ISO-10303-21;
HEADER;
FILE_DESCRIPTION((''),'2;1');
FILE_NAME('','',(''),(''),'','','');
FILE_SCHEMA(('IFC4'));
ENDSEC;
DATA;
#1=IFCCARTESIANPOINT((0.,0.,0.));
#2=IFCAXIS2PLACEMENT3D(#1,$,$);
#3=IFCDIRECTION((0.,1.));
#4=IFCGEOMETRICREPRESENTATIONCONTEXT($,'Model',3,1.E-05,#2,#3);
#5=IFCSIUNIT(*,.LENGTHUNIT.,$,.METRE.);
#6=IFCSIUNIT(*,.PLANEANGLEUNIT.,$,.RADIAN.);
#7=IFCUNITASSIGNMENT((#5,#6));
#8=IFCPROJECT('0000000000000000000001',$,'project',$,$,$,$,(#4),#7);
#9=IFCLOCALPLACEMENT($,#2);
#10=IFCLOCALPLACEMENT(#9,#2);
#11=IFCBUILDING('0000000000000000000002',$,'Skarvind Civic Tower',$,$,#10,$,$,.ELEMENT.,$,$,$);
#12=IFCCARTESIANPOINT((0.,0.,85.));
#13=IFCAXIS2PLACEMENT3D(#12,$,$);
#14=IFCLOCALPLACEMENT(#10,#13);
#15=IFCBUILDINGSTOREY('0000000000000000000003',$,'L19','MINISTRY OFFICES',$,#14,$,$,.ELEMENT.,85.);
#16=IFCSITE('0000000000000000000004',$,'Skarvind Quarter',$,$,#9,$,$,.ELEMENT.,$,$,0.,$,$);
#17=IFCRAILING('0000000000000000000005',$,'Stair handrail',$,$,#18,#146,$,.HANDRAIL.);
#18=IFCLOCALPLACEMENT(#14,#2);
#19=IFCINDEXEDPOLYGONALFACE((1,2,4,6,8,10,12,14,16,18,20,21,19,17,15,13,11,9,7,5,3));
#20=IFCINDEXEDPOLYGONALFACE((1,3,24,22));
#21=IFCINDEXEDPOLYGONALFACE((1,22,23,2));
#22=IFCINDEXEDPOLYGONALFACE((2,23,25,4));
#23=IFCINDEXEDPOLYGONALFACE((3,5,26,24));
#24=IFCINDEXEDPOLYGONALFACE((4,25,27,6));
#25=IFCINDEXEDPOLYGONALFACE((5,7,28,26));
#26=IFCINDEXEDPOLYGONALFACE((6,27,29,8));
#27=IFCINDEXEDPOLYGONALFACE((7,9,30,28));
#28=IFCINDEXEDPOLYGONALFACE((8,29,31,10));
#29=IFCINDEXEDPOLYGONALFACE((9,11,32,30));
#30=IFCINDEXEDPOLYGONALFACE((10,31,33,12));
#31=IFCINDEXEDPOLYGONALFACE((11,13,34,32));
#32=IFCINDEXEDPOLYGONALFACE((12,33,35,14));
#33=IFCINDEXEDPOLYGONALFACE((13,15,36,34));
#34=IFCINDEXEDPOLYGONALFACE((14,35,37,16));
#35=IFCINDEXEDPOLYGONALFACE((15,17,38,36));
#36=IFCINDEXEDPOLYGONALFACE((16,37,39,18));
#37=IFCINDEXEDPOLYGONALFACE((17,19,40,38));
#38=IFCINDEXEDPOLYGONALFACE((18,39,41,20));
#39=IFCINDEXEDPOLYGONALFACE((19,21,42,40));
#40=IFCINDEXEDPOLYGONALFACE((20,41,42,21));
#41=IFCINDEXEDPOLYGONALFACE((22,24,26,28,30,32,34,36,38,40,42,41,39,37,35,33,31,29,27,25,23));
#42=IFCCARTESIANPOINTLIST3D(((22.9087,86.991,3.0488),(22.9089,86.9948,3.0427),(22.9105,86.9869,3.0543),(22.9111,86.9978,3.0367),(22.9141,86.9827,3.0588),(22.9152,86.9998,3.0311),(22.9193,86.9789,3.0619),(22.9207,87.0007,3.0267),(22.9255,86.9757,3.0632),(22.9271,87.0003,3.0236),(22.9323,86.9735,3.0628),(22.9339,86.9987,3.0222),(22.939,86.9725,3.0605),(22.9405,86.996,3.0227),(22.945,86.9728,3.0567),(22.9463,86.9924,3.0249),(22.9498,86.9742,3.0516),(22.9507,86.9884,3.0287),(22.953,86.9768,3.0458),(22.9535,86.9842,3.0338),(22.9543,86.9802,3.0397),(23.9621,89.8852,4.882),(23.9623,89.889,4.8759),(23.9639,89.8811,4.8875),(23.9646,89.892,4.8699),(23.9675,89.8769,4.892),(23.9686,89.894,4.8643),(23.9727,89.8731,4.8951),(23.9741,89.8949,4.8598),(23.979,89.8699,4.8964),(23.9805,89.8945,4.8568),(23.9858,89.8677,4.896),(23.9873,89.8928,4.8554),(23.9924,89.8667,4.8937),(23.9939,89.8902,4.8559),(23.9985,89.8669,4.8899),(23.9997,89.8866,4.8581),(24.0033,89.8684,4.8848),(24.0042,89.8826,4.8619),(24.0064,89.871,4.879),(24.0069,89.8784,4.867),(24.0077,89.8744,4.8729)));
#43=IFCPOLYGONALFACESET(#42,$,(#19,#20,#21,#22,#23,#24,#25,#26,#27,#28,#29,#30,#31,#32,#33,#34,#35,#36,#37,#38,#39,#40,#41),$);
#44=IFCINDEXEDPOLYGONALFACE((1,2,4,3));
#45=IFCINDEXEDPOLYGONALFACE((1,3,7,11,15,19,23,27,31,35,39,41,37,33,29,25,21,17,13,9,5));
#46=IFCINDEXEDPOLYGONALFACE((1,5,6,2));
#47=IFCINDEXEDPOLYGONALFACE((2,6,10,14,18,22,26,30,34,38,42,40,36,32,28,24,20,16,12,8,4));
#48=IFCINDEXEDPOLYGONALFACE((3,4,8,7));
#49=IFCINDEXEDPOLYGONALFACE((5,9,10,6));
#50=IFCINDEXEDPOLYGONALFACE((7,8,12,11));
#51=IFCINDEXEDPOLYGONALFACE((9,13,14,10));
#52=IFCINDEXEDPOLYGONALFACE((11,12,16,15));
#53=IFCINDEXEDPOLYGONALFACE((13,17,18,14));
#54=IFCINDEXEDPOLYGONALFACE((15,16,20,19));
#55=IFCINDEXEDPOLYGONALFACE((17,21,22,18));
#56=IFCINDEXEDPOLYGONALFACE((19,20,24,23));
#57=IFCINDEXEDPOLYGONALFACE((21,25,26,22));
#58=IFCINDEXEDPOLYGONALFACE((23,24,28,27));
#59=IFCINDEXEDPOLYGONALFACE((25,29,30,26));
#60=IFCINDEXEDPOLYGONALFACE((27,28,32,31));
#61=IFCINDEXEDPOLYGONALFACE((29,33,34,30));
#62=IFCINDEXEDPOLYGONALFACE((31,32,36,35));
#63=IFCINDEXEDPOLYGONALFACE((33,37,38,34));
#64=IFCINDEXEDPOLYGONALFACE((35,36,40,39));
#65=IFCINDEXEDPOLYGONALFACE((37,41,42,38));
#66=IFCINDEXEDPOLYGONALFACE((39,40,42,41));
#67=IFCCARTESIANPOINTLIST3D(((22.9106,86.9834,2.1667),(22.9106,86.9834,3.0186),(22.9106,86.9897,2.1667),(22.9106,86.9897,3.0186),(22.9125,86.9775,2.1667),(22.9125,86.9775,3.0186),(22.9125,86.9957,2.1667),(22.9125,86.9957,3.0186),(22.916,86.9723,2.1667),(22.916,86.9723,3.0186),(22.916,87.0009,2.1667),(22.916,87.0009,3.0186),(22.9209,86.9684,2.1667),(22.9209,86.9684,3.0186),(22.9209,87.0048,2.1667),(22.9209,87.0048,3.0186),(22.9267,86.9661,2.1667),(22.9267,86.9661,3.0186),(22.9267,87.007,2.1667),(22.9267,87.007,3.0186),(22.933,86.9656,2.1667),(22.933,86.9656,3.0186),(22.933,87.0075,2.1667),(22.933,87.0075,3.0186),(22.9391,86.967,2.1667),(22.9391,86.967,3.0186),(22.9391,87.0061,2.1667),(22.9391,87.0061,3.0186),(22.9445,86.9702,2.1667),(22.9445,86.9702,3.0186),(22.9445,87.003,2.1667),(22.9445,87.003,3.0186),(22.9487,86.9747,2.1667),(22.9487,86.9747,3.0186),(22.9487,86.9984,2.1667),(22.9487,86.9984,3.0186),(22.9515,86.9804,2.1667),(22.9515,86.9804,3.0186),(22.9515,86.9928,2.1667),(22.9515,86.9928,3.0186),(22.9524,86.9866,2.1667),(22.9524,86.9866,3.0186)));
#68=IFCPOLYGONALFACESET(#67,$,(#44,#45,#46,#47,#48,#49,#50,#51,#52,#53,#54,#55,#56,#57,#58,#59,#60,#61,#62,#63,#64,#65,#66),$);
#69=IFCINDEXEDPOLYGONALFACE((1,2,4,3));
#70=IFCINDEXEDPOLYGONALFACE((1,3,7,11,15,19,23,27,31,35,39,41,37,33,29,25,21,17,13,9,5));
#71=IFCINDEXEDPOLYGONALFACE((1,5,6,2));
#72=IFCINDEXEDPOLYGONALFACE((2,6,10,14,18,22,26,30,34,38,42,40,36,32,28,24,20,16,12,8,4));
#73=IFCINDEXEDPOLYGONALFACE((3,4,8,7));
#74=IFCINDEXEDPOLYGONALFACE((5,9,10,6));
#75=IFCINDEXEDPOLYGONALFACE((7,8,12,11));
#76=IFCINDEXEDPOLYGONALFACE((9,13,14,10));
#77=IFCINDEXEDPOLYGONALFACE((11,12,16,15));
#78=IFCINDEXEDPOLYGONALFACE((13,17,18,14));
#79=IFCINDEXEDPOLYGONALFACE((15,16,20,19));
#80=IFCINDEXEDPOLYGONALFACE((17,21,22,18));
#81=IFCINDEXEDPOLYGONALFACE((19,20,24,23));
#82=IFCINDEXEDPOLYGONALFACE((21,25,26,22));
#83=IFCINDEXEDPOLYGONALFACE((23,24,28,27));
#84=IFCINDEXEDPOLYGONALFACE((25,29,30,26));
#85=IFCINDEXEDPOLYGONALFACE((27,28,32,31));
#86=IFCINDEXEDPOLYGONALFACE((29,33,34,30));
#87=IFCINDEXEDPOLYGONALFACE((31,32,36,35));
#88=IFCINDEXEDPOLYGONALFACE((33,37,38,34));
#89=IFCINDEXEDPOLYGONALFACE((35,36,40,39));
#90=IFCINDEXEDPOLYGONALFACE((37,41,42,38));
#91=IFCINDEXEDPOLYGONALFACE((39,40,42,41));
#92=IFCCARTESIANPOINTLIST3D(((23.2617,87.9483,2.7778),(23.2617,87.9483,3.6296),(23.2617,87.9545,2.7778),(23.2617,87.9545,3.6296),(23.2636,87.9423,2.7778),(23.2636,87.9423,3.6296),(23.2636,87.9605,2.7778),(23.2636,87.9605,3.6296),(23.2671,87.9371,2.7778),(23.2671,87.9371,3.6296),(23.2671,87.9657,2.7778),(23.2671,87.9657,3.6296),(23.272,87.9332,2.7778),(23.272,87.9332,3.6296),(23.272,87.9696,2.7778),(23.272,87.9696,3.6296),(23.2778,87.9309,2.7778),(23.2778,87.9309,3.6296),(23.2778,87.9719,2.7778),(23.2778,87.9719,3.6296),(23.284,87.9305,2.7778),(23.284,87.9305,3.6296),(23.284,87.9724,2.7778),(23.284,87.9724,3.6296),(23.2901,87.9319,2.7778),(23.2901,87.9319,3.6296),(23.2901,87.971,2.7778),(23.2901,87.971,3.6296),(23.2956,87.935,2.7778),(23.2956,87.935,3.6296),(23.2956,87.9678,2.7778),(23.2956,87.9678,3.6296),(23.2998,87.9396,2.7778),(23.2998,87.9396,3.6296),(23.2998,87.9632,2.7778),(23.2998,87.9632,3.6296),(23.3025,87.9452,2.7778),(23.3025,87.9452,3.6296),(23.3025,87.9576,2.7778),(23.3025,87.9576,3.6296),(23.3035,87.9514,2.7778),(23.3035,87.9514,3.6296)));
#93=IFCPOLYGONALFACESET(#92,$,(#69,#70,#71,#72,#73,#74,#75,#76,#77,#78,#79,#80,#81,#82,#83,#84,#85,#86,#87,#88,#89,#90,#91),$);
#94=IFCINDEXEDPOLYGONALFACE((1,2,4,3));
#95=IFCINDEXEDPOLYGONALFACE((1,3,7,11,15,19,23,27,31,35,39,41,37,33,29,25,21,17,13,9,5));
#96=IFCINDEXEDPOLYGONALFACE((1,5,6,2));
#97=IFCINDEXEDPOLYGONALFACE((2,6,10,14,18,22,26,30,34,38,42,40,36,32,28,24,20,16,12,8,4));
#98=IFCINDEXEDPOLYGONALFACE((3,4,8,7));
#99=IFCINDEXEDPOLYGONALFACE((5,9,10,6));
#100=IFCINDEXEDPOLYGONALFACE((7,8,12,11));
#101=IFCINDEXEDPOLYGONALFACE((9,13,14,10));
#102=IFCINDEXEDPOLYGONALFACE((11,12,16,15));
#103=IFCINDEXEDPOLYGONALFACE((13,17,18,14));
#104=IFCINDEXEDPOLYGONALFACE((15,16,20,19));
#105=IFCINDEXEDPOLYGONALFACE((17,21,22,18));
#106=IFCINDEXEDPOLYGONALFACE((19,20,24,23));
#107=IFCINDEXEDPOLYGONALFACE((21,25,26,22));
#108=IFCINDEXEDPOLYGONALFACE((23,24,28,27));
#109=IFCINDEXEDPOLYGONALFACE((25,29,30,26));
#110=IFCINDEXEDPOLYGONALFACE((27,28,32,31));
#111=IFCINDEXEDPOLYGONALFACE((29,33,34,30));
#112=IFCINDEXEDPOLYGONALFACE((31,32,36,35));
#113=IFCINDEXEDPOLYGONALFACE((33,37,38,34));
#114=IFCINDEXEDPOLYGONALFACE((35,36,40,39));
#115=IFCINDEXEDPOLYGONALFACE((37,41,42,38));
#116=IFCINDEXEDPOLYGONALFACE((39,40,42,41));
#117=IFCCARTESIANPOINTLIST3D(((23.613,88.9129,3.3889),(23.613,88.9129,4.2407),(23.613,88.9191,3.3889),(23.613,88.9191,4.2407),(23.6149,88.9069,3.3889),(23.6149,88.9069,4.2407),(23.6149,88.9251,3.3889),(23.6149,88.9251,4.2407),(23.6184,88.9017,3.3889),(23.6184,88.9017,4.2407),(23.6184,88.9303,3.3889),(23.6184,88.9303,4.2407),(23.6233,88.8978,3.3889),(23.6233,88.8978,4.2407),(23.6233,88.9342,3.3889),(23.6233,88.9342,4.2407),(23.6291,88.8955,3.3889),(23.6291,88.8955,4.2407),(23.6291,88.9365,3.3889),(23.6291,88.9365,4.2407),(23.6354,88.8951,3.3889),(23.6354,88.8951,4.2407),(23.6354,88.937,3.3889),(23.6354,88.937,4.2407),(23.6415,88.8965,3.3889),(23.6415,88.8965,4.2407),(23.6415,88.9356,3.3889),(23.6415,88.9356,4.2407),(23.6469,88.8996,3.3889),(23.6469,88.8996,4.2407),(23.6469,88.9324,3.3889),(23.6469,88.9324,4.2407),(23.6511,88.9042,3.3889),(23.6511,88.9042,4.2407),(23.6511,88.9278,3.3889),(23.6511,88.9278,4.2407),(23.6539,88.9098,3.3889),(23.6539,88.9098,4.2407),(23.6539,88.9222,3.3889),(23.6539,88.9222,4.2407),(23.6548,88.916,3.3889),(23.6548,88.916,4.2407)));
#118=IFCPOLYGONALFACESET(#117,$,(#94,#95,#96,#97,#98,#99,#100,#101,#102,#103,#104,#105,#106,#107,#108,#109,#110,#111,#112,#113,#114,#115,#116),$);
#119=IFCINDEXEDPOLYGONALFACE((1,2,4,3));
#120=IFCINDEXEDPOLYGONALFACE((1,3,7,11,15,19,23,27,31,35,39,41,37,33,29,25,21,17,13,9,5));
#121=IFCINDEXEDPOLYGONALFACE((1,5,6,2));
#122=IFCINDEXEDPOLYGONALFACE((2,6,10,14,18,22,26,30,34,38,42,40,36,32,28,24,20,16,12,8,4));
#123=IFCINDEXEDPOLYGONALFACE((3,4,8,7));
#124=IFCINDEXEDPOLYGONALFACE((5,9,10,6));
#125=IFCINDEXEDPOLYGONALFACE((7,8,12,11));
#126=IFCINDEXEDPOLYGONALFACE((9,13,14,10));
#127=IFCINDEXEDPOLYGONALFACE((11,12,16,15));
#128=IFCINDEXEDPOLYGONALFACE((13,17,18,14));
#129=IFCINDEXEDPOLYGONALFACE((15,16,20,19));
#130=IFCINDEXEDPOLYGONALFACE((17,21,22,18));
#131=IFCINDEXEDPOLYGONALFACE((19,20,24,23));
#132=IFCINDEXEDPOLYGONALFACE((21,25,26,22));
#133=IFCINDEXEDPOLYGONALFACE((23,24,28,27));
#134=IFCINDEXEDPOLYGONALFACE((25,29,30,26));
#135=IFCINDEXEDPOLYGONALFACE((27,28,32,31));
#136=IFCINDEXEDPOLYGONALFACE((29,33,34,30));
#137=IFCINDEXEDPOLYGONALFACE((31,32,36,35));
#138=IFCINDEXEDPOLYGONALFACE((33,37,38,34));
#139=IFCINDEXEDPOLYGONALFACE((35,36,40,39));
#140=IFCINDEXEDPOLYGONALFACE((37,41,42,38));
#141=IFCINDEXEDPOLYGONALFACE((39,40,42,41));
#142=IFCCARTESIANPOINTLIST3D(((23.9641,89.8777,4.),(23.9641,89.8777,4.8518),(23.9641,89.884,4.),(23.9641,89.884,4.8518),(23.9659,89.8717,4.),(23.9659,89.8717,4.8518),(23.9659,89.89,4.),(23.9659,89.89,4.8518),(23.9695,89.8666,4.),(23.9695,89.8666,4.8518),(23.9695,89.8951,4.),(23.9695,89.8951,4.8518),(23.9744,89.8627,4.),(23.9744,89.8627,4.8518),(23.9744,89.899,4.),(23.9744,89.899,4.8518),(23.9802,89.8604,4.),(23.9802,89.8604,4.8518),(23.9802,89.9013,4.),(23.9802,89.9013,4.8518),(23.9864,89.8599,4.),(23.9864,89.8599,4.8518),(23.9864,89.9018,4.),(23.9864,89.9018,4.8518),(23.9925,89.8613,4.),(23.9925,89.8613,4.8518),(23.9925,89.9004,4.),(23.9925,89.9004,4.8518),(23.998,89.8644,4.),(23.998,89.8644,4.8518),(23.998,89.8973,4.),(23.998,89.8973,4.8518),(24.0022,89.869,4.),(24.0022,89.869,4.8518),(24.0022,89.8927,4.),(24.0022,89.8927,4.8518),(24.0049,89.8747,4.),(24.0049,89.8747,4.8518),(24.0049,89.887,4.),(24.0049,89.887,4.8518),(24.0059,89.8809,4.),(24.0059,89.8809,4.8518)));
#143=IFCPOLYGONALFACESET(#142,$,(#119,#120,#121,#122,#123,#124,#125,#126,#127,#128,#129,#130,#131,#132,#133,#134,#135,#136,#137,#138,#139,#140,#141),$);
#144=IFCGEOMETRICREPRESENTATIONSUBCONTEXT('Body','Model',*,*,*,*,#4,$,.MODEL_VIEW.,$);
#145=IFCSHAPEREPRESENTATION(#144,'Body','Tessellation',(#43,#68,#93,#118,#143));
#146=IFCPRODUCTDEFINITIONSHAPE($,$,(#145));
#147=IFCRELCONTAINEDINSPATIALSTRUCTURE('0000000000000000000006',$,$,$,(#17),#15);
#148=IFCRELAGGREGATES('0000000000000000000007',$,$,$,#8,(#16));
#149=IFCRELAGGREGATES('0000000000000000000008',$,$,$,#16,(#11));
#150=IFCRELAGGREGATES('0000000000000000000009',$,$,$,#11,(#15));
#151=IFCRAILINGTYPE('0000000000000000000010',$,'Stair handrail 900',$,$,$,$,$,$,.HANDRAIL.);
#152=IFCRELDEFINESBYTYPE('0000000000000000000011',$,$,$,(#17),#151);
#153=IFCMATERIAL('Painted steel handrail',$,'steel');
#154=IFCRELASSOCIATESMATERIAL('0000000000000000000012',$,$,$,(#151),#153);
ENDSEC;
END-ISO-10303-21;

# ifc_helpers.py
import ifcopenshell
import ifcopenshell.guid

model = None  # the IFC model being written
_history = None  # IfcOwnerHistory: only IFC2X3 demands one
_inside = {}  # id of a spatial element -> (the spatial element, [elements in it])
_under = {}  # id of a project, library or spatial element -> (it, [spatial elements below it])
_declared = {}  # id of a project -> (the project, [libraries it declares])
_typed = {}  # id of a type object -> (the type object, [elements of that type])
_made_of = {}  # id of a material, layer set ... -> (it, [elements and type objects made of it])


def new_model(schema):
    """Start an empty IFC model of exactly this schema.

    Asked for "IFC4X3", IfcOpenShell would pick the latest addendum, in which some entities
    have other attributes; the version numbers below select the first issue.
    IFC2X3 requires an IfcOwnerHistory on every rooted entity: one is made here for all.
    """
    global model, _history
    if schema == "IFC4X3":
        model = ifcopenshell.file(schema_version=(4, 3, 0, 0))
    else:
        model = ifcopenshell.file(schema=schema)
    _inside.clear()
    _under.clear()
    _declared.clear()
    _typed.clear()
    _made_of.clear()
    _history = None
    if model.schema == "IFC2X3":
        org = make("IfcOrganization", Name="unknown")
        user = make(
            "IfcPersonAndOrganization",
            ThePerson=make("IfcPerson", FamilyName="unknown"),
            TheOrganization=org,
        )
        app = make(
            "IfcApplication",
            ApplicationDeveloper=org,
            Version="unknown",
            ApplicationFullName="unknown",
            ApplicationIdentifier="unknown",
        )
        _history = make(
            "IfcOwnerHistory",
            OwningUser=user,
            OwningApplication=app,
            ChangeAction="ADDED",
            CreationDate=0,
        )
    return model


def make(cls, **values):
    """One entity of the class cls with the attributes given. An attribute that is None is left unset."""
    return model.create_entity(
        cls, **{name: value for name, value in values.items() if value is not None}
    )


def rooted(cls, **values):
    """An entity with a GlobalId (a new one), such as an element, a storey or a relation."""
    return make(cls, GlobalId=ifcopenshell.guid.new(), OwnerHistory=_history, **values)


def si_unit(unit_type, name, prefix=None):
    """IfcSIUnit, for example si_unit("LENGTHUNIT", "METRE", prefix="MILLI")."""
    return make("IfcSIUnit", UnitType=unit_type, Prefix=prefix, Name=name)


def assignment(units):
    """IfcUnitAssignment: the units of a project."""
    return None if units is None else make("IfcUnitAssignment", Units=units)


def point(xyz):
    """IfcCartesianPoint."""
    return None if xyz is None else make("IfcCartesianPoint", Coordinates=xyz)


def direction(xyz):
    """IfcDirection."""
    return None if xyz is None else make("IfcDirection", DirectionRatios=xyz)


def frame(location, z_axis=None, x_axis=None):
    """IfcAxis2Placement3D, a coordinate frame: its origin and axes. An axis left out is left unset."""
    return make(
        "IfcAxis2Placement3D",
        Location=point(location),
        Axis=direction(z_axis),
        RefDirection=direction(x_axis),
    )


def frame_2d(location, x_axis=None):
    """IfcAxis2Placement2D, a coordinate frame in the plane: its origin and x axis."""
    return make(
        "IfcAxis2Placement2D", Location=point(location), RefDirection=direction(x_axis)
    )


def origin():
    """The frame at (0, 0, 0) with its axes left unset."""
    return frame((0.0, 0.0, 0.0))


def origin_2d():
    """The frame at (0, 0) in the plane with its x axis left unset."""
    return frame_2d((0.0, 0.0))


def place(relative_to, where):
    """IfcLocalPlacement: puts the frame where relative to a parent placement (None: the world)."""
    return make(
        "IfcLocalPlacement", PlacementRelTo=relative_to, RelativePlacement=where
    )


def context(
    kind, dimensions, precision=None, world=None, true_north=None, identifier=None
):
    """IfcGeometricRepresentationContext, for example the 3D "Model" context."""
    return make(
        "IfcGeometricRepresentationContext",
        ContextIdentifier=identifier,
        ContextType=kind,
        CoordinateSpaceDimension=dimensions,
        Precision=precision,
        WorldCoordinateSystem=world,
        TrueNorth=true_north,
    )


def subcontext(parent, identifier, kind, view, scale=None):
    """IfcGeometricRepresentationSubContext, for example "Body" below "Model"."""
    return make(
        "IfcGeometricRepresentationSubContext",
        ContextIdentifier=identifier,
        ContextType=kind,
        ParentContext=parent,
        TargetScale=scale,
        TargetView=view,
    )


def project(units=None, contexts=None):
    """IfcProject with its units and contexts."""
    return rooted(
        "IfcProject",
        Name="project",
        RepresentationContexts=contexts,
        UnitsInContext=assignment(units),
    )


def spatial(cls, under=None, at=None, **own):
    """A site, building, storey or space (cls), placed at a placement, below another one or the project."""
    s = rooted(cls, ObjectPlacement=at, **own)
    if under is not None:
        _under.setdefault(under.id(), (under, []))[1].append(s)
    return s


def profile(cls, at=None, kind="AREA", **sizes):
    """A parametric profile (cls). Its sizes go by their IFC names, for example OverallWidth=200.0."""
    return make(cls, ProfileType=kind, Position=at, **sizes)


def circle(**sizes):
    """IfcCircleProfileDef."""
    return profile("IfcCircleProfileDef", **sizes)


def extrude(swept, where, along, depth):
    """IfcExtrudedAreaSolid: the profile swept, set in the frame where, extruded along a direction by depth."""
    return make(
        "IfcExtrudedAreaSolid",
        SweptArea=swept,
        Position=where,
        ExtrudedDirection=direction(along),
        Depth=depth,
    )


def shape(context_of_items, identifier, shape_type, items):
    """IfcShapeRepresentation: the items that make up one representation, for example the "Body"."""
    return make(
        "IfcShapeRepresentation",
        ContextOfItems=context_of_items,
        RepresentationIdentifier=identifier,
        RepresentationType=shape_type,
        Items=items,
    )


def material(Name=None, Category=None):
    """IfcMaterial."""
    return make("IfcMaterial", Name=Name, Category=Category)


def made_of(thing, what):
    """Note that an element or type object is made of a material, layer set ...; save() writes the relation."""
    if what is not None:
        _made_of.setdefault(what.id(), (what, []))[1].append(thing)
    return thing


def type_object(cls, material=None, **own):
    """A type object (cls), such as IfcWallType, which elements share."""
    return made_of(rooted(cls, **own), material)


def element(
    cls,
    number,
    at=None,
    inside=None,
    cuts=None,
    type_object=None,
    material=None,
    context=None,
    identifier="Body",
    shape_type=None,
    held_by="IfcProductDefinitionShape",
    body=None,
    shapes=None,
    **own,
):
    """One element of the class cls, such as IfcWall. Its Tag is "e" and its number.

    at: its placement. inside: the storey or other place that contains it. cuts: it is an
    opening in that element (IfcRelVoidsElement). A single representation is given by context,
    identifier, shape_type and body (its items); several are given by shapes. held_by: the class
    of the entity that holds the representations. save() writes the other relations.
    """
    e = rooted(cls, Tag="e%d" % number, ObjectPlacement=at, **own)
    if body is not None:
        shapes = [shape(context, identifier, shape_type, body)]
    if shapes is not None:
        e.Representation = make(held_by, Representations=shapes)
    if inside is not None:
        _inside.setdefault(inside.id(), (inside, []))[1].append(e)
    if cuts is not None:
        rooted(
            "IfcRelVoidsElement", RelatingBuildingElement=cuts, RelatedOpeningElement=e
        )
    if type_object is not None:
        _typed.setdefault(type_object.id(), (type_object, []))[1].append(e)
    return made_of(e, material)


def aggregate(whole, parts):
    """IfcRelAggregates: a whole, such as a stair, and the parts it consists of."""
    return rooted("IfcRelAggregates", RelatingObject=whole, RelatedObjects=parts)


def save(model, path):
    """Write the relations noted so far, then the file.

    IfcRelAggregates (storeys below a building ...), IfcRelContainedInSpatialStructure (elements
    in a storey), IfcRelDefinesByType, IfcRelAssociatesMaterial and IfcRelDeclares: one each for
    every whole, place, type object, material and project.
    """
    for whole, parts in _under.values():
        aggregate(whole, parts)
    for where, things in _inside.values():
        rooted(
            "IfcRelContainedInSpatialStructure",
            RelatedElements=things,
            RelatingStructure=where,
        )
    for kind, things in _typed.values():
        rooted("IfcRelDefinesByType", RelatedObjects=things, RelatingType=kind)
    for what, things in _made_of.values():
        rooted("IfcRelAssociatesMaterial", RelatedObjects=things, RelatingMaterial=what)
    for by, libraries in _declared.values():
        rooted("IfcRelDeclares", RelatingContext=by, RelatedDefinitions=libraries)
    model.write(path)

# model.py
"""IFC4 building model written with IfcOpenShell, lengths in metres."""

from ifc_helpers import new_model, si_unit, direction, frame, origin, origin_2d, place, context, subcontext, project, spatial, circle, extrude, material, type_object, element, save


model = new_model("IFC4")

# Units and contexts
model_context = context("Model", 3, precision=1e-05, world=origin(), true_north=direction((0.0, 1.0)))
body_context = subcontext(model_context, "Body", "Model", "MODEL_VIEW")
ifc_project = project(units=[si_unit("LENGTHUNIT", "METRE"), si_unit("PLANEANGLEUNIT", "RADIAN")], contexts=[model_context])

# Site, building, storey
site_placement = place(None, origin())
site = spatial("IfcSite", under=ifc_project, at=site_placement, Name="Skarvind Quarter", CompositionType="ELEMENT", RefElevation=0.0)
building_placement = place(site_placement, origin())
building = spatial("IfcBuilding", under=site, at=building_placement, Name="Skarvind Civic Tower", CompositionType="ELEMENT")
storey_placement = place(building_placement, frame((0.0, 0.0, 85.0)))
storey = spatial("IfcBuildingStorey", under=building, at=storey_placement, Name="L19", Description="MINISTRY OFFICES", CompositionType="ELEMENT", Elevation=85.0)

# Railing
ifc_material_1 = material(Name="Painted steel handrail", Category="steel")
railing_type = type_object("IfcRailingType", Name="Stair handrail 900", PredefinedType="HANDRAIL", material=ifc_material_1)
railing_1_placement = place(storey_placement, frame((22.9314, 86.9866, 2.1667)))
element("IfcRailing", 1, at=railing_1_placement, inside=storey, type_object=railing_type, Name="Stair handrail", PredefinedType="HANDRAIL", context=body_context, shape_type="SweptSolid", body=[
    extrude(circle(Radius=0.0239, at=origin_2d()), frame((0.0, 0.0, 0.876), z_axis=(0.293908, 0.807481, 0.511461), x_axis=(-0.939689, 0.342029, 0.0)), (0.0, 0.0, 1.0), 3.5842),
    extrude(circle(Radius=0.021, at=origin_2d()), origin(), (0.0, 0.0, 1.0), 0.8518),
    extrude(circle(Radius=0.021, at=origin_2d()), frame((0.3511, 0.9648, 0.6111)), (0.0, 0.0, 1.0), 0.8518),
    extrude(circle(Radius=0.021, at=origin_2d()), frame((0.7024, 1.9294, 1.2222)), (0.0, 0.0, 1.0), 0.8518),
    extrude(circle(Radius=0.021, at=origin_2d()), frame((1.0535, 2.8943, 1.8333)), (0.0, 0.0, 1.0), 0.8518),
])

save(model, "model.ifc")
